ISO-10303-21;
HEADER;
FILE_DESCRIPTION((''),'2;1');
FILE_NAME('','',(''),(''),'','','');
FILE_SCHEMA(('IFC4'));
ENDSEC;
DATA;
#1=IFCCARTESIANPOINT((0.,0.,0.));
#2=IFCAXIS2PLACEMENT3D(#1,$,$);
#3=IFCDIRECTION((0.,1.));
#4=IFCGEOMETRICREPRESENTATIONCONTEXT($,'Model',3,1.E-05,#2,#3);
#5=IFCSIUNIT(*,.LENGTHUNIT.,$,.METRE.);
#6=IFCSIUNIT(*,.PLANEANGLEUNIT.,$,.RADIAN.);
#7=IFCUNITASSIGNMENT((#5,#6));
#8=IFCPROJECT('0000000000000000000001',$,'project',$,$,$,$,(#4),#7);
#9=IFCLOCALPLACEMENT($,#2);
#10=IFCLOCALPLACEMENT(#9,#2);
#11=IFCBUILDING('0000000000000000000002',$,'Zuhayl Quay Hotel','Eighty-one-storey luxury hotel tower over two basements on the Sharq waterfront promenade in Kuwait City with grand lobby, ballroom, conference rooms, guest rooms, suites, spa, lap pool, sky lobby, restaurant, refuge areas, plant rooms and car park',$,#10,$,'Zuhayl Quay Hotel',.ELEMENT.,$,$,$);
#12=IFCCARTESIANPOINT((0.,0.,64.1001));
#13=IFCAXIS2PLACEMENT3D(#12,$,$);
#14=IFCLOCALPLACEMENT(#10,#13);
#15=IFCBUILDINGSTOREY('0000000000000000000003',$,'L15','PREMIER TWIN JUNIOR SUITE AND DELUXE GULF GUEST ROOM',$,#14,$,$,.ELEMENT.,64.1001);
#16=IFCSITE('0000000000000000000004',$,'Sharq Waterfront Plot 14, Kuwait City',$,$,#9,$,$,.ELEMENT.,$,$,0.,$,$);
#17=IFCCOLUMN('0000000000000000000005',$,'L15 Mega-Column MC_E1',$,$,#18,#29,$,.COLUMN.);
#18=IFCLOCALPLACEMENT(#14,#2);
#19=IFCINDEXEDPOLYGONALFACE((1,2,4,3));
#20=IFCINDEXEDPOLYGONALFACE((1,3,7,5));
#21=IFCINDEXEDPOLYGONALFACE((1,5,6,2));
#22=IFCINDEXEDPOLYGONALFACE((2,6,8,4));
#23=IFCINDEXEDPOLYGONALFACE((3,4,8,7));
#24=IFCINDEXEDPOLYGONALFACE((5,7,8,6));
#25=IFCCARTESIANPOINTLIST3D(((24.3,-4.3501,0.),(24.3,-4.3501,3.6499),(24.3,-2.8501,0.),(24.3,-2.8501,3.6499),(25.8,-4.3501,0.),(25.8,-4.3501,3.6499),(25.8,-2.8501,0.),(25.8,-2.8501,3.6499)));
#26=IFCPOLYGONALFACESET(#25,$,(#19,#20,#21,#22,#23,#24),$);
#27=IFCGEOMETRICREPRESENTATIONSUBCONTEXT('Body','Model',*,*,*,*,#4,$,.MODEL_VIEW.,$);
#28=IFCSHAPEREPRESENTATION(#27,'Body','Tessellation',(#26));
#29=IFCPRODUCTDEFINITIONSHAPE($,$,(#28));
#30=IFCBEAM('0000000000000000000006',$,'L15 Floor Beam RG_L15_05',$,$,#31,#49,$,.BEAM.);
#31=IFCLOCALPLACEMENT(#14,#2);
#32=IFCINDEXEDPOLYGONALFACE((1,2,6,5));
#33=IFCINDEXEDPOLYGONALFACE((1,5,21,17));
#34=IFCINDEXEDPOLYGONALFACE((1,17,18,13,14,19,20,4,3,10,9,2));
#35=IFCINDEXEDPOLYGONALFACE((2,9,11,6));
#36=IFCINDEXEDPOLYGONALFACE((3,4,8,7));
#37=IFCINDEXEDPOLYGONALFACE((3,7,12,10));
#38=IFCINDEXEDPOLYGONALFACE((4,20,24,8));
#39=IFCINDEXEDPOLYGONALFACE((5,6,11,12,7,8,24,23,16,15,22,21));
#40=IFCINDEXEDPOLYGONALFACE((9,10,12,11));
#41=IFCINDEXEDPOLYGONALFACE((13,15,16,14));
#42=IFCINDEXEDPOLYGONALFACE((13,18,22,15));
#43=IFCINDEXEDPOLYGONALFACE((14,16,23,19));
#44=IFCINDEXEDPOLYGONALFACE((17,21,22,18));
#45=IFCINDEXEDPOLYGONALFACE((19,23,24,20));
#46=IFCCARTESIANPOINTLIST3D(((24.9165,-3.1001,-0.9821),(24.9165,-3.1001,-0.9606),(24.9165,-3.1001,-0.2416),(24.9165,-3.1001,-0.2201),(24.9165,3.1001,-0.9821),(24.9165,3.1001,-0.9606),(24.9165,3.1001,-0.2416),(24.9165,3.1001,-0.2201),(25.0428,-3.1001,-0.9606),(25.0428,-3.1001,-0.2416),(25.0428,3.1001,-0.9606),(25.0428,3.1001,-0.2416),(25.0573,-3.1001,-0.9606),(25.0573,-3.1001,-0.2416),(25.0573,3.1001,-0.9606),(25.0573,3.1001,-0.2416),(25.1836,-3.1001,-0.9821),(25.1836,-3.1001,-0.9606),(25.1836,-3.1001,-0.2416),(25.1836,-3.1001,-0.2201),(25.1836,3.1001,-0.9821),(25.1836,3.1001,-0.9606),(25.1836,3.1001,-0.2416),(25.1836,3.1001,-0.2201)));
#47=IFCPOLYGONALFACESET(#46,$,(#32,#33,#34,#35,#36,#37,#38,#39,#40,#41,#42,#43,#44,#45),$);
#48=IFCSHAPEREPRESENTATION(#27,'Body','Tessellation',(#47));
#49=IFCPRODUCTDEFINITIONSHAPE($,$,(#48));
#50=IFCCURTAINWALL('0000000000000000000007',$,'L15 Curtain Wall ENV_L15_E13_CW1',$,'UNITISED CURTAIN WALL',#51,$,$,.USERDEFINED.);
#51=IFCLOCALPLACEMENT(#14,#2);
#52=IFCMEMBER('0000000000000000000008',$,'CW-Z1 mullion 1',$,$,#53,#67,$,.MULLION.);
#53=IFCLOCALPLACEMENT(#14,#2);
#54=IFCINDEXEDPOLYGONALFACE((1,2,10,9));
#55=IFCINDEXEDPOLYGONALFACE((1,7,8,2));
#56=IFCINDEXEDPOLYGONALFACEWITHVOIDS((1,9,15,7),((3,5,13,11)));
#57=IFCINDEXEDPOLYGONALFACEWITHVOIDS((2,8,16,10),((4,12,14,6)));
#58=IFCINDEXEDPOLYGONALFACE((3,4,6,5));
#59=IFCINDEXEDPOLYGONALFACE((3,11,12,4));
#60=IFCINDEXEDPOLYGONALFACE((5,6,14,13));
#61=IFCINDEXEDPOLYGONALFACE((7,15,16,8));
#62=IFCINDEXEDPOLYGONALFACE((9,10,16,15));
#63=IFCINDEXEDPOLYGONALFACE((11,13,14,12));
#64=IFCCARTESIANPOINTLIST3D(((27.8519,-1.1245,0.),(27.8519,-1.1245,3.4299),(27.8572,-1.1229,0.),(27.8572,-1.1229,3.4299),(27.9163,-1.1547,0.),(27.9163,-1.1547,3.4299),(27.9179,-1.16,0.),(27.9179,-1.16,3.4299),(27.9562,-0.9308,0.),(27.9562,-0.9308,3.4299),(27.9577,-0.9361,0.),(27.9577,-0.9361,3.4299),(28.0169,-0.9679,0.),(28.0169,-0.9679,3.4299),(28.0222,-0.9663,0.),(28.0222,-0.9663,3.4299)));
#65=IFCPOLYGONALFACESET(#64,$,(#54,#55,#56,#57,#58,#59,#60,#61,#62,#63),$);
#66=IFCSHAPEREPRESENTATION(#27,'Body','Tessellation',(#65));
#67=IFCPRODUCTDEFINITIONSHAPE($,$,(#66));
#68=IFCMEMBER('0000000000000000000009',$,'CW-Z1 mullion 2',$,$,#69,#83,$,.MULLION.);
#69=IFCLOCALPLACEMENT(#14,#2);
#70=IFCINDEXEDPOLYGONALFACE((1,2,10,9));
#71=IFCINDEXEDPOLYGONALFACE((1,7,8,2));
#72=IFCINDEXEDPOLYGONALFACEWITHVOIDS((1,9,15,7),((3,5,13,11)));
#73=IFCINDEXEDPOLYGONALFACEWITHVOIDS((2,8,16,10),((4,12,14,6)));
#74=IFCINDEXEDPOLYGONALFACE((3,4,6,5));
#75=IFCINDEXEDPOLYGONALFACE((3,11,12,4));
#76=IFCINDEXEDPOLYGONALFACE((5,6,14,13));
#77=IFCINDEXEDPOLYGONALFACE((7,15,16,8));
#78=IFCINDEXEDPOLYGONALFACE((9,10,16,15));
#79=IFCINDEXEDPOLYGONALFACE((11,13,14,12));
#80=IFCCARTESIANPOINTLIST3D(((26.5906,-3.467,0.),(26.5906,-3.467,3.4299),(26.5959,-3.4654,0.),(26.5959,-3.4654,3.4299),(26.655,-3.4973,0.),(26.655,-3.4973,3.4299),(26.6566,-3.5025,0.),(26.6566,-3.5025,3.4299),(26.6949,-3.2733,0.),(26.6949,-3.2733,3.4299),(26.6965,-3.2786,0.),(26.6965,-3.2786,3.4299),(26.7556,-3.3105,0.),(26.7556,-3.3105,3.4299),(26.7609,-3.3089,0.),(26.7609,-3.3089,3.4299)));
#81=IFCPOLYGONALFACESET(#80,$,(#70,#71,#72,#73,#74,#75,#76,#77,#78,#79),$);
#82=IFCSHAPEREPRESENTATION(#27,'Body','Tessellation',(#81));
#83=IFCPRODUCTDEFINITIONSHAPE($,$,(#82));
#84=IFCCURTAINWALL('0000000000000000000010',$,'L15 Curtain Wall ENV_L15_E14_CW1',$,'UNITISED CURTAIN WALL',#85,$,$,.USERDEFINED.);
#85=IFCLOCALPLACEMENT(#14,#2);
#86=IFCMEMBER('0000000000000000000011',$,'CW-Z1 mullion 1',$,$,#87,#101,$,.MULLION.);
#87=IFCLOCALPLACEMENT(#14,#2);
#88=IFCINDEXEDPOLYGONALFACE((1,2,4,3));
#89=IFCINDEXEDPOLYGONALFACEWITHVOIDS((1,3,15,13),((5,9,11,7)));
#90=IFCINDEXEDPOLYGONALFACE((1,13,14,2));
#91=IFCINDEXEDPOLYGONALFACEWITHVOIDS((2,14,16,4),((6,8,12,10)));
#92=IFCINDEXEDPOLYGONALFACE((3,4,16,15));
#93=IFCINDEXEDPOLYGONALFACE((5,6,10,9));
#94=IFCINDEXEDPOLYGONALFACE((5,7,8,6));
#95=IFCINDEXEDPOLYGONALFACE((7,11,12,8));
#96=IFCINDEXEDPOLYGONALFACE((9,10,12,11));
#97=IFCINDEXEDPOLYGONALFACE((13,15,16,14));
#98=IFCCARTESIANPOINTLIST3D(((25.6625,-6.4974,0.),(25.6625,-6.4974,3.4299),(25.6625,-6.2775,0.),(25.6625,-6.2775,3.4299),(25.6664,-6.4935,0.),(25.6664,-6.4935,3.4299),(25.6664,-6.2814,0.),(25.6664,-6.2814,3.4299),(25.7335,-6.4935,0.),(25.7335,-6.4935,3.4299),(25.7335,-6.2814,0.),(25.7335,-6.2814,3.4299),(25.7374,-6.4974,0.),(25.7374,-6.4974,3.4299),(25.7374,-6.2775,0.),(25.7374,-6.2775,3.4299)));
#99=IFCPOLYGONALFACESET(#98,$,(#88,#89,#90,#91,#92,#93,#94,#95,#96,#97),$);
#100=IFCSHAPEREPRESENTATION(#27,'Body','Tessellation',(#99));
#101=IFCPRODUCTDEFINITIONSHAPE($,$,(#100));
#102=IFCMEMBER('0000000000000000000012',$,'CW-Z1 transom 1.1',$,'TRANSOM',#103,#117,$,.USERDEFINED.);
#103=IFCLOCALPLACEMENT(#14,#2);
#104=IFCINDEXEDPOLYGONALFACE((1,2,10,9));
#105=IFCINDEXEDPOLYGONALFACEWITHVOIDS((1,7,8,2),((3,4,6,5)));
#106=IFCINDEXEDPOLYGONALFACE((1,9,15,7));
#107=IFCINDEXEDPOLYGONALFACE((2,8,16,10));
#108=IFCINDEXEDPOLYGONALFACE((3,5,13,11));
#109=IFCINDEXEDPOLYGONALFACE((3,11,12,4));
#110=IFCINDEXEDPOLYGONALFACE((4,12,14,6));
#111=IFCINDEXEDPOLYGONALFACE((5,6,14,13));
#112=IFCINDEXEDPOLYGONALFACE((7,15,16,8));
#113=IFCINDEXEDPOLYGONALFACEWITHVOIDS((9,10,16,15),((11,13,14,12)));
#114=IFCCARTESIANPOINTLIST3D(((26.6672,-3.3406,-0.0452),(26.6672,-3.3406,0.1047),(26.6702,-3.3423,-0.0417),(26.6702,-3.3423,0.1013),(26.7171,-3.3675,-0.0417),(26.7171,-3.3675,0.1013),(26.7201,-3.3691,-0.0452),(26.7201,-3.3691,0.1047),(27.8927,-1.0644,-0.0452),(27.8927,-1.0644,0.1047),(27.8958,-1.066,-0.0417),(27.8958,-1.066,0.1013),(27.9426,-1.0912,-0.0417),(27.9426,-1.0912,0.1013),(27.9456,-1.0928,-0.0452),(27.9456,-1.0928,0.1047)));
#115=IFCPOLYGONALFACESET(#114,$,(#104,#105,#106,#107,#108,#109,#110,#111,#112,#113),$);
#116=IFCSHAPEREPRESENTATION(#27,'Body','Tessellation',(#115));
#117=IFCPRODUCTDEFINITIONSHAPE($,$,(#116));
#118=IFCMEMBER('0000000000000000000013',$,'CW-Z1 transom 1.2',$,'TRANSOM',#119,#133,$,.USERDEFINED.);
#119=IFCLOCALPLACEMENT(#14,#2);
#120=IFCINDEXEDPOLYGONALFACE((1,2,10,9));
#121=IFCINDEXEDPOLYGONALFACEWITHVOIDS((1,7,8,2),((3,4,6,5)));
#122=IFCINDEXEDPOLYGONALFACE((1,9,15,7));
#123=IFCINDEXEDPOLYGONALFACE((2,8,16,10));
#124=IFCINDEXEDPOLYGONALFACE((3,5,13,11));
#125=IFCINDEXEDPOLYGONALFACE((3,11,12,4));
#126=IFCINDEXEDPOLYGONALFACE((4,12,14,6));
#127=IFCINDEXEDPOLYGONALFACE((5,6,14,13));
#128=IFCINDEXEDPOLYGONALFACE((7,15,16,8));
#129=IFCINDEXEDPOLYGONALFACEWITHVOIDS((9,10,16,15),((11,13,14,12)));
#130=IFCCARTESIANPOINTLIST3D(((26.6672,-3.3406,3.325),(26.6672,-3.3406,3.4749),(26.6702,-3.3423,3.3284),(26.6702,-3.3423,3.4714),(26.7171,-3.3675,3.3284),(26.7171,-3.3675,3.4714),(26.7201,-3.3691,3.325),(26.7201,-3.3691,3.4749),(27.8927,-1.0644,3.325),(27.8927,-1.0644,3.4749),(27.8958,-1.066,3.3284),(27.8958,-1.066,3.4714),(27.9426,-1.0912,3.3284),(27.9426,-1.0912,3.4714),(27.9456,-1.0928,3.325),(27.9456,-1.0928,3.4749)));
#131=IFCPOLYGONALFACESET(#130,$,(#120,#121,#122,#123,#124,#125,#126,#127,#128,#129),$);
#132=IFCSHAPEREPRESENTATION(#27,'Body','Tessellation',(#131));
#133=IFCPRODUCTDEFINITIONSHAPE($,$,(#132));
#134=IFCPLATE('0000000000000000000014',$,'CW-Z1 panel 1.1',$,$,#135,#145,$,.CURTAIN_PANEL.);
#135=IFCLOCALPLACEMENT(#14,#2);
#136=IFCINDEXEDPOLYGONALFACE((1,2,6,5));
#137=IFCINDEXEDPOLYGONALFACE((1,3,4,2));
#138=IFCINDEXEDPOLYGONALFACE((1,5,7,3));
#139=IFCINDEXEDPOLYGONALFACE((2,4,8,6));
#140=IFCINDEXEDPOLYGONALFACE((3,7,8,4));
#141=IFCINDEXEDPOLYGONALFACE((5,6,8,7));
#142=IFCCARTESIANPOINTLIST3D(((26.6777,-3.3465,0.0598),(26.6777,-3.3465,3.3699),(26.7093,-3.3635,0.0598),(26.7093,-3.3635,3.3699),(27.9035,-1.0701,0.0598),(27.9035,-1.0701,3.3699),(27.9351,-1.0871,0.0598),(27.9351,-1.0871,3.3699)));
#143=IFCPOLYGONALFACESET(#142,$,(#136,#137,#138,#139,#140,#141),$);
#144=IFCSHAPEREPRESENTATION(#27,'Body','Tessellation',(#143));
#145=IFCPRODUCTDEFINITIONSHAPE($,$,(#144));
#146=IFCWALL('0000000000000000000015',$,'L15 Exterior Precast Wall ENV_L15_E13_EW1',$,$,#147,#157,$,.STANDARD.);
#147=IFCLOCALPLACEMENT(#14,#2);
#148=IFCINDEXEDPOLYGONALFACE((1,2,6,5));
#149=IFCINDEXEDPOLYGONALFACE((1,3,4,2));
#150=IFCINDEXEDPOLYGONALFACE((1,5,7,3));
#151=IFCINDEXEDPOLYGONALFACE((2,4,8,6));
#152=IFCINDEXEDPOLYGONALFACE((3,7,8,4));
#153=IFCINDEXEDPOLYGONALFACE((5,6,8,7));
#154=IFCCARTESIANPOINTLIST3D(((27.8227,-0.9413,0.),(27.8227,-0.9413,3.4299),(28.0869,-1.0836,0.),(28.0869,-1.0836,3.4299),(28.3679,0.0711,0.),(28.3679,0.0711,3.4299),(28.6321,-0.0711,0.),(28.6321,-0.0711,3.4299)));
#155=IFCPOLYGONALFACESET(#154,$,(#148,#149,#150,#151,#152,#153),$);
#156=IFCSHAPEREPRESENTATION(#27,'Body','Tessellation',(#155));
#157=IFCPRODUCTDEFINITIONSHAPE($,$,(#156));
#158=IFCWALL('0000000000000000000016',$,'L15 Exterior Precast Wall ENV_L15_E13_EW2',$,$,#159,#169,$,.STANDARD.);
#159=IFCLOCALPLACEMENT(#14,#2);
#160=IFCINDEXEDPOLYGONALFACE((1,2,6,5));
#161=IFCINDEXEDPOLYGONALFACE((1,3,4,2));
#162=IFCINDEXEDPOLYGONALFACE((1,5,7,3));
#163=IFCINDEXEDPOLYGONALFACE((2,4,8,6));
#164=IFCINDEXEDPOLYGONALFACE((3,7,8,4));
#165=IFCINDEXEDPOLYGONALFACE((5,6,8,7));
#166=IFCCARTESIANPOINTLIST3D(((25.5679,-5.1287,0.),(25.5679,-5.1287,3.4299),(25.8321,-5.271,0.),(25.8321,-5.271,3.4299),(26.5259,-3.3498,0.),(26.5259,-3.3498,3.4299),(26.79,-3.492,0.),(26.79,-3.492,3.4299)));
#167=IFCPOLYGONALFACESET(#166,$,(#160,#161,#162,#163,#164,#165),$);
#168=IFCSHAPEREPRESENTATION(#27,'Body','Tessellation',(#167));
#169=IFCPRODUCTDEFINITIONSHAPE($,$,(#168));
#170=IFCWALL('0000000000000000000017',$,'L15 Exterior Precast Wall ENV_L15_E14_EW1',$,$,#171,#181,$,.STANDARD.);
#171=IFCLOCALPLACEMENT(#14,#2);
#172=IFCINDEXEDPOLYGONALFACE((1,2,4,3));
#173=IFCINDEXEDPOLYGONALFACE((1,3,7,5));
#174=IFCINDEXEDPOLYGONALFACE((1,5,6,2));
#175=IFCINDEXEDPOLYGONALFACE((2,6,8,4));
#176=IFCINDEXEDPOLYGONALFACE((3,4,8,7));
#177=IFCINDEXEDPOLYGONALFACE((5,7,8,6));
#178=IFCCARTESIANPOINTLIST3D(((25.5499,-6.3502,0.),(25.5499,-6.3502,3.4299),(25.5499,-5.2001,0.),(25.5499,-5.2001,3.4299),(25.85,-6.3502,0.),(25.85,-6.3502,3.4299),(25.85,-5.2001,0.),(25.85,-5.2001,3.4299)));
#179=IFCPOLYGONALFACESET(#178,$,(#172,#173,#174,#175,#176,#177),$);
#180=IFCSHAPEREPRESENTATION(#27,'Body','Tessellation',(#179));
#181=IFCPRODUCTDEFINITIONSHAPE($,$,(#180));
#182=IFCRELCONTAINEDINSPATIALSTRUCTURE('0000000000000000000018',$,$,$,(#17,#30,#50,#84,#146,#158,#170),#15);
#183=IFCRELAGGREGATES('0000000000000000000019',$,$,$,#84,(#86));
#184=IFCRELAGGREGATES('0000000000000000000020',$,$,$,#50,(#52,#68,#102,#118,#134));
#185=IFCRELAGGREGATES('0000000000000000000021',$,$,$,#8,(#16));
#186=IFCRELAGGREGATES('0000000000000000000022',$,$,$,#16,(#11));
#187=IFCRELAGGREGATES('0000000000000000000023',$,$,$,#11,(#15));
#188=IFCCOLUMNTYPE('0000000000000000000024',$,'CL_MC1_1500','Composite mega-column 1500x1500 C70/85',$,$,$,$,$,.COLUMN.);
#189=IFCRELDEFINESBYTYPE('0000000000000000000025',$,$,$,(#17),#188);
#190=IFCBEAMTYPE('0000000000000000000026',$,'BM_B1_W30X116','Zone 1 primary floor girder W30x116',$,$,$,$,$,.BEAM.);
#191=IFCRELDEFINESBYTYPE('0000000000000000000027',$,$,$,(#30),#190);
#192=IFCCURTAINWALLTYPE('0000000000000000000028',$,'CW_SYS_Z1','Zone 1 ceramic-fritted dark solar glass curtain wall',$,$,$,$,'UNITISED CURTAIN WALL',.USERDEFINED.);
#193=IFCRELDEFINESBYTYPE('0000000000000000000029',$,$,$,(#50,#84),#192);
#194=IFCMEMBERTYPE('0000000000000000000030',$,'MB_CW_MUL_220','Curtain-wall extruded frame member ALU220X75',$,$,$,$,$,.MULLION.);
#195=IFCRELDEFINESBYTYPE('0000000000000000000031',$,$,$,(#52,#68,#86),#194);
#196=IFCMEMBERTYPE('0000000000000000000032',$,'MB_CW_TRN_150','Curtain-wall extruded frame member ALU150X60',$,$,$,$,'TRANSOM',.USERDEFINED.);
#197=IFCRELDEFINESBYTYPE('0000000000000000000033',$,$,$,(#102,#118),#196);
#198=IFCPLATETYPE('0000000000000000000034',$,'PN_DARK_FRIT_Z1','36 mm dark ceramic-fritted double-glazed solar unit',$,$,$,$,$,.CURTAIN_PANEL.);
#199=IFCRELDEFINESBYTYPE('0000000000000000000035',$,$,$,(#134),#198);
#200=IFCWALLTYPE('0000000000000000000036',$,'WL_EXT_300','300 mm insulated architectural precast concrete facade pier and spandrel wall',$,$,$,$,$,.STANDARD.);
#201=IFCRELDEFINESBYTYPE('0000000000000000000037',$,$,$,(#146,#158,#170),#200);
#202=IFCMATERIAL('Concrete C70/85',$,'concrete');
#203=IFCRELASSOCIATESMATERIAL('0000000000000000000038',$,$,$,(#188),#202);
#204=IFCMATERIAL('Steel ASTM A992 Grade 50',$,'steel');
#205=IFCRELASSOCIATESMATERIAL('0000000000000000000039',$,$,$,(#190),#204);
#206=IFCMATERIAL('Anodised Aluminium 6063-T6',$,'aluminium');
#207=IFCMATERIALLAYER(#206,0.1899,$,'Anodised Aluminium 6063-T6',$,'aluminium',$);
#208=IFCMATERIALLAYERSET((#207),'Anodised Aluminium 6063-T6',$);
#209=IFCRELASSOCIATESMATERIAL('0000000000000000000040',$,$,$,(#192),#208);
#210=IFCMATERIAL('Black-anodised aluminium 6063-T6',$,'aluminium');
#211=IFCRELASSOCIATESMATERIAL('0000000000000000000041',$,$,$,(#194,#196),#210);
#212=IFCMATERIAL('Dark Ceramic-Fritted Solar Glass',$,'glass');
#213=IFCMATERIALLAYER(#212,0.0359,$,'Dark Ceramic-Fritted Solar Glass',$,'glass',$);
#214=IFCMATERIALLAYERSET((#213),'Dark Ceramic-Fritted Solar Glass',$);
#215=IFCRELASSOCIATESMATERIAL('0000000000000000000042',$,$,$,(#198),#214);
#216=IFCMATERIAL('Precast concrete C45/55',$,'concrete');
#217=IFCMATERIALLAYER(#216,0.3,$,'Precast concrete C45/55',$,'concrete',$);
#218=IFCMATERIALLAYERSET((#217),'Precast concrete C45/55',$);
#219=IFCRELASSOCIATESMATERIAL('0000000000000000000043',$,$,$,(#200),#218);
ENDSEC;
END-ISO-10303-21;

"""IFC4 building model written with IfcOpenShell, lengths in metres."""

from ifc_helpers import new_model, si_unit, direction, frame, frame_2d, origin, origin_2d, place, context, subcontext, project, spatial, rectangle, hollow_rectangle, i_section, extrude, material, layer, layer_set, material_profile, profile_set, type_object, element, aggregate, save


model = new_model("IFC4")

# Units and contexts
model_context = context("Model", 3, precision=1e-05, world=origin(), true_north=direction((0.0, 1.0)))
body_context = subcontext(model_context, "Body", "Model", "MODEL_VIEW")
ifc_project = project(units=[si_unit("LENGTHUNIT", "METRE"), si_unit("PLANEANGLEUNIT", "RADIAN")], contexts=[model_context])

# Site, building, storey
site_placement = place(None, origin())
site = spatial("IfcSite", under=ifc_project, at=site_placement, Name="Sharq Waterfront Plot 14, Kuwait City", CompositionType="ELEMENT", RefElevation=0.0)
building_placement = place(site_placement, origin())
building = spatial("IfcBuilding", under=site, at=building_placement, Name="Zuhayl Quay Hotel", Description="Eighty-one-storey luxury hotel tower over two basements on the Sharq waterfront promenade in Kuwait City with grand lobby, ballroom, conference rooms, guest rooms, suites, spa, lap pool, sky lobby, restaurant, refuge areas, plant rooms and car park", LongName="Zuhayl Quay Hotel", CompositionType="ELEMENT")
storey_placement = place(building_placement, frame((0.0, 0.0, 64.1001)))
storey = spatial("IfcBuildingStorey", under=building, at=storey_placement, Name="L15", Description="PREMIER TWIN JUNIOR SUITE AND DELUXE GULF GUEST ROOM", CompositionType="ELEMENT", Elevation=64.1001)

# Column
ifc_material_1 = material(Name="Concrete C70/85", Category="concrete")
ifc_material_profile_1 = material_profile(ifc_material_1, rectangle(XDim=1.5, YDim=1.5, at=origin_2d()), Name="RC1500X1500")
ifc_profile_set_1 = profile_set([ifc_material_profile_1], Name="Concrete C70/85")
column_type = type_object("IfcColumnType", Name="CL_MC1_1500", Description="Composite mega-column 1500x1500 C70/85", PredefinedType="COLUMN", material=ifc_profile_set_1)
column_placement = place(storey_placement, frame((25.05, -3.6001, 0.0), z_axis=(0.0, 0.0, 1.0), x_axis=(1.0, 0.0, 0.0)))
element("IfcColumn", 1, at=column_placement, inside=storey, type_object=column_type, Name="L15 Mega-Column MC_E1", PredefinedType="COLUMN", context=body_context, shape_type="SweptSolid", body=[
    extrude(rectangle(XDim=1.5, YDim=1.5, at=origin_2d()), origin(), (0.0, 0.0, 1.0), 3.6499),
])

# Beam
ifc_material_2 = material(Name="Steel ASTM A992 Grade 50", Category="steel")
ifc_material_profile_2 = material_profile(ifc_material_2, i_section(OverallWidth=0.2671, OverallDepth=0.762, WebThickness=0.0144, FlangeThickness=0.0215, at=origin_2d()), Name="W30X116")
ifc_profile_set_2 = profile_set([ifc_material_profile_2], Name="Steel ASTM A992 Grade 50")
beam_type = type_object("IfcBeamType", Name="BM_B1_W30X116", Description="Zone 1 primary floor girder W30x116", PredefinedType="BEAM", material=ifc_profile_set_2)
beam_placement = place(storey_placement, frame((25.05, -3.1001, -0.6011), z_axis=(0.0, 1.0, 0.0), x_axis=(-1.0, 0.0, 0.0)))
element("IfcBeam", 2, at=beam_placement, inside=storey, type_object=beam_type, Name="L15 Floor Beam RG_L15_05", PredefinedType="BEAM", context=body_context, shape_type="SweptSolid", body=[
    extrude(i_section(OverallWidth=0.2671, OverallDepth=0.762, WebThickness=0.0144, FlangeThickness=0.0215, at=origin_2d()), origin(), (0.0, 0.0, 1.0), 6.2002),
])

# Curtain wall, members
ifc_material_3 = material(Name="Anodised Aluminium 6063-T6", Category="aluminium")
ifc_layer_1 = layer(ifc_material_3, 0.1899, Name="Anodised Aluminium 6063-T6", Category="aluminium")
ifc_layer_set_1 = layer_set([ifc_layer_1], Name="Anodised Aluminium 6063-T6")
curtain_wall_type = type_object("IfcCurtainWallType", Name="CW_SYS_Z1", Description="Zone 1 ceramic-fritted dark solar glass curtain wall", ElementType="UNITISED CURTAIN WALL", PredefinedType="USERDEFINED", material=ifc_layer_set_1)
curtain_wall_1_placement = place(storey_placement, origin())
curtain_wall_1 = element("IfcCurtainWall", 3, at=curtain_wall_1_placement, inside=storey, type_object=curtain_wall_type, Name="L15 Curtain Wall ENV_L15_E13_CW1", ObjectType="UNITISED CURTAIN WALL", PredefinedType="USERDEFINED")
ifc_material_4 = material(Name="Black-anodised aluminium 6063-T6", Category="aluminium")
ifc_material_profile_3 = material_profile(ifc_material_4, hollow_rectangle(XDim=0.075, YDim=0.22, WallThickness=0.0039, at=origin_2d()), Name="ALU220X75")
ifc_profile_set_3 = profile_set([ifc_material_profile_3], Name="Black-anodised aluminium 6063-T6")
member_type_1 = type_object("IfcMemberType", Name="MB_CW_MUL_220", Description="Curtain-wall extruded frame member ALU220X75", PredefinedType="MULLION", material=ifc_profile_set_3)
member_1_placement = place(storey_placement, frame((27.937, -1.0454, 0.0), z_axis=(0.0, 0.0, 1.0), x_axis=(0.880476, -0.474091, 0.0)))
member_1 = element("IfcMember", 4, at=member_1_placement, type_object=member_type_1, Name="CW-Z1 mullion 1", PredefinedType="MULLION", context=body_context, shape_type="SweptSolid", body=[
    extrude(hollow_rectangle(XDim=0.075, YDim=0.22, WallThickness=0.0039, at=origin_2d()), origin(), (0.0, 0.0, 1.0), 3.4299),
])
member_2_placement = place(storey_placement, frame((26.6758, -3.3879, 0.0), z_axis=(0.0, 0.0, 1.0), x_axis=(0.880476, -0.474091, 0.0)))
member_2 = element("IfcMember", 5, at=member_2_placement, type_object=member_type_1, Name="CW-Z1 mullion 2", PredefinedType="MULLION", context=body_context, shape_type="SweptSolid", body=[
    extrude(hollow_rectangle(XDim=0.075, YDim=0.22, WallThickness=0.0039, at=origin_2d()), origin(), (0.0, 0.0, 1.0), 3.4299),
])

# Curtain wall, member
curtain_wall_2_placement = place(storey_placement, origin())
curtain_wall_2 = element("IfcCurtainWall", 6, at=curtain_wall_2_placement, inside=storey, type_object=curtain_wall_type, Name="L15 Curtain Wall ENV_L15_E14_CW1", ObjectType="UNITISED CURTAIN WALL", PredefinedType="USERDEFINED")
member_3_placement = place(storey_placement, frame((25.7, -6.3875, 0.0), z_axis=(0.0, 0.0, 1.0), x_axis=(1.0, 0.0, 0.0)))
member_3 = element("IfcMember", 7, at=member_3_placement, type_object=member_type_1, Name="CW-Z1 mullion 1", PredefinedType="MULLION", context=body_context, shape_type="SweptSolid", body=[
    extrude(hollow_rectangle(XDim=0.075, YDim=0.22, WallThickness=0.0039, at=origin_2d()), origin(), (0.0, 0.0, 1.0), 3.4299),
])
aggregate(curtain_wall_2, [member_3])

# Members
ifc_material_profile_4 = material_profile(ifc_material_4, hollow_rectangle(XDim=0.0601, YDim=0.1499, WallThickness=0.0034, at=origin_2d()), Name="ALU150X60")
ifc_profile_set_4 = profile_set([ifc_material_profile_4], Name="Black-anodised aluminium 6063-T6")
member_type_2 = type_object("IfcMemberType", Name="MB_CW_TRN_150", Description="Curtain-wall extruded frame member ALU150X60", ElementType="TRANSOM", PredefinedType="USERDEFINED", material=ifc_profile_set_4)
member_4_placement = place(storey_placement, frame((27.9192, -1.0786, 0.0298), z_axis=(-0.474055, -0.880495, 0.0), x_axis=(0.880495, -0.474055, 0.0)))
member_4 = element("IfcMember", 8, at=member_4_placement, type_object=member_type_2, Name="CW-Z1 transom 1.1", ObjectType="TRANSOM", PredefinedType="USERDEFINED", context=body_context, shape_type="SweptSolid", body=[
    extrude(hollow_rectangle(XDim=0.0601, YDim=0.1499, WallThickness=0.0034, at=origin_2d()), origin(), (0.0, 0.0, 1.0), 2.5852),
])
member_5_placement = place(storey_placement, frame((27.9192, -1.0786, 3.3999), z_axis=(-0.474055, -0.880495, 0.0), x_axis=(0.880495, -0.474055, 0.0)))
member_5 = element("IfcMember", 9, at=member_5_placement, type_object=member_type_2, Name="CW-Z1 transom 1.2", ObjectType="TRANSOM", PredefinedType="USERDEFINED", context=body_context, shape_type="SweptSolid", body=[
    extrude(hollow_rectangle(XDim=0.0601, YDim=0.1499, WallThickness=0.0034, at=origin_2d()), origin(), (0.0, 0.0, 1.0), 2.5852),
])

# Plate
ifc_material_5 = material(Name="Dark Ceramic-Fritted Solar Glass", Category="glass")
ifc_layer_2 = layer(ifc_material_5, 0.0359, Name="Dark Ceramic-Fritted Solar Glass", Category="glass")
ifc_layer_set_2 = layer_set([ifc_layer_2], Name="Dark Ceramic-Fritted Solar Glass")
plate_type = type_object("IfcPlateType", Name="PN_DARK_FRIT_Z1", Description="36 mm dark ceramic-fritted double-glazed solar unit", PredefinedType="CURTAIN_PANEL", material=ifc_layer_set_2)
plate_placement = place(storey_placement, frame((27.3064, -2.2168, 0.0598), z_axis=(0.0, 0.0, 1.0), x_axis=(-0.474091, -0.880476, 0.0)))
plate = element("IfcPlate", 10, at=plate_placement, type_object=plate_type, Name="CW-Z1 panel 1.1", PredefinedType="CURTAIN_PANEL", context=body_context, shape_type="SweptSolid", body=[
    extrude(rectangle(XDim=2.5854, YDim=0.0359, at=origin_2d()), origin(), (0.0, 0.0, 1.0), 3.3101),
])
aggregate(curtain_wall_1, [member_1, member_2, member_4, member_5, plate])

# Walls
ifc_material_6 = material(Name="Precast concrete C45/55", Category="concrete")
ifc_layer_3 = layer(ifc_material_6, 0.3, Name="Precast concrete C45/55", Category="concrete")
ifc_layer_set_3 = layer_set([ifc_layer_3], Name="Precast concrete C45/55")
wall_type_1 = type_object("IfcWallType", Name="WL_EXT_300", Description="300 mm insulated architectural precast concrete facade pier and spandrel wall", PredefinedType="STANDARD", material=ifc_layer_set_3)
wall_1_placement = place(storey_placement, frame((28.5, 0.0, 0.0), z_axis=(0.0, 0.0, 1.0), x_axis=(-0.4741, -0.880471, 0.0)))
element("IfcWall", 11, at=wall_1_placement, inside=storey, type_object=wall_type_1, Name="L15 Exterior Precast Wall ENV_L15_E13_EW1", PredefinedType="STANDARD", context=body_context, shape_type="SweptSolid", body=[
    extrude(rectangle(XDim=1.1499, YDim=0.3, at=frame_2d((0.575, 0.0))), origin(), (0.0, 0.0, 1.0), 3.4299),
])
wall_2_placement = place(storey_placement, frame((26.658, -3.4209, 0.0), z_axis=(0.0, 0.0, 1.0), x_axis=(-0.474121, -0.880459, 0.0)))
element("IfcWall", 12, at=wall_2_placement, inside=storey, type_object=wall_type_1, Name="L15 Exterior Precast Wall ENV_L15_E13_EW2", PredefinedType="STANDARD", context=body_context, shape_type="SweptSolid", body=[
    extrude(rectangle(XDim=2.0205, YDim=0.3, at=frame_2d((1.0103, 0.0))), origin(), (0.0, 0.0, 1.0), 3.4299),
])
wall_3_placement = place(storey_placement, frame((25.7, -5.2, 0.0), z_axis=(0.0, 0.0, 1.0), x_axis=(0.0, -1.0, 0.0)))
element("IfcWall", 13, at=wall_3_placement, inside=storey, type_object=wall_type_1, Name="L15 Exterior Precast Wall ENV_L15_E14_EW1", PredefinedType="STANDARD", context=body_context, shape_type="SweptSolid", body=[
    extrude(rectangle(XDim=1.1501, YDim=0.3, at=frame_2d((0.5752, 0.0))), origin(), (0.0, 0.0, 1.0), 3.4299),
])

save(model, "model.ifc")
